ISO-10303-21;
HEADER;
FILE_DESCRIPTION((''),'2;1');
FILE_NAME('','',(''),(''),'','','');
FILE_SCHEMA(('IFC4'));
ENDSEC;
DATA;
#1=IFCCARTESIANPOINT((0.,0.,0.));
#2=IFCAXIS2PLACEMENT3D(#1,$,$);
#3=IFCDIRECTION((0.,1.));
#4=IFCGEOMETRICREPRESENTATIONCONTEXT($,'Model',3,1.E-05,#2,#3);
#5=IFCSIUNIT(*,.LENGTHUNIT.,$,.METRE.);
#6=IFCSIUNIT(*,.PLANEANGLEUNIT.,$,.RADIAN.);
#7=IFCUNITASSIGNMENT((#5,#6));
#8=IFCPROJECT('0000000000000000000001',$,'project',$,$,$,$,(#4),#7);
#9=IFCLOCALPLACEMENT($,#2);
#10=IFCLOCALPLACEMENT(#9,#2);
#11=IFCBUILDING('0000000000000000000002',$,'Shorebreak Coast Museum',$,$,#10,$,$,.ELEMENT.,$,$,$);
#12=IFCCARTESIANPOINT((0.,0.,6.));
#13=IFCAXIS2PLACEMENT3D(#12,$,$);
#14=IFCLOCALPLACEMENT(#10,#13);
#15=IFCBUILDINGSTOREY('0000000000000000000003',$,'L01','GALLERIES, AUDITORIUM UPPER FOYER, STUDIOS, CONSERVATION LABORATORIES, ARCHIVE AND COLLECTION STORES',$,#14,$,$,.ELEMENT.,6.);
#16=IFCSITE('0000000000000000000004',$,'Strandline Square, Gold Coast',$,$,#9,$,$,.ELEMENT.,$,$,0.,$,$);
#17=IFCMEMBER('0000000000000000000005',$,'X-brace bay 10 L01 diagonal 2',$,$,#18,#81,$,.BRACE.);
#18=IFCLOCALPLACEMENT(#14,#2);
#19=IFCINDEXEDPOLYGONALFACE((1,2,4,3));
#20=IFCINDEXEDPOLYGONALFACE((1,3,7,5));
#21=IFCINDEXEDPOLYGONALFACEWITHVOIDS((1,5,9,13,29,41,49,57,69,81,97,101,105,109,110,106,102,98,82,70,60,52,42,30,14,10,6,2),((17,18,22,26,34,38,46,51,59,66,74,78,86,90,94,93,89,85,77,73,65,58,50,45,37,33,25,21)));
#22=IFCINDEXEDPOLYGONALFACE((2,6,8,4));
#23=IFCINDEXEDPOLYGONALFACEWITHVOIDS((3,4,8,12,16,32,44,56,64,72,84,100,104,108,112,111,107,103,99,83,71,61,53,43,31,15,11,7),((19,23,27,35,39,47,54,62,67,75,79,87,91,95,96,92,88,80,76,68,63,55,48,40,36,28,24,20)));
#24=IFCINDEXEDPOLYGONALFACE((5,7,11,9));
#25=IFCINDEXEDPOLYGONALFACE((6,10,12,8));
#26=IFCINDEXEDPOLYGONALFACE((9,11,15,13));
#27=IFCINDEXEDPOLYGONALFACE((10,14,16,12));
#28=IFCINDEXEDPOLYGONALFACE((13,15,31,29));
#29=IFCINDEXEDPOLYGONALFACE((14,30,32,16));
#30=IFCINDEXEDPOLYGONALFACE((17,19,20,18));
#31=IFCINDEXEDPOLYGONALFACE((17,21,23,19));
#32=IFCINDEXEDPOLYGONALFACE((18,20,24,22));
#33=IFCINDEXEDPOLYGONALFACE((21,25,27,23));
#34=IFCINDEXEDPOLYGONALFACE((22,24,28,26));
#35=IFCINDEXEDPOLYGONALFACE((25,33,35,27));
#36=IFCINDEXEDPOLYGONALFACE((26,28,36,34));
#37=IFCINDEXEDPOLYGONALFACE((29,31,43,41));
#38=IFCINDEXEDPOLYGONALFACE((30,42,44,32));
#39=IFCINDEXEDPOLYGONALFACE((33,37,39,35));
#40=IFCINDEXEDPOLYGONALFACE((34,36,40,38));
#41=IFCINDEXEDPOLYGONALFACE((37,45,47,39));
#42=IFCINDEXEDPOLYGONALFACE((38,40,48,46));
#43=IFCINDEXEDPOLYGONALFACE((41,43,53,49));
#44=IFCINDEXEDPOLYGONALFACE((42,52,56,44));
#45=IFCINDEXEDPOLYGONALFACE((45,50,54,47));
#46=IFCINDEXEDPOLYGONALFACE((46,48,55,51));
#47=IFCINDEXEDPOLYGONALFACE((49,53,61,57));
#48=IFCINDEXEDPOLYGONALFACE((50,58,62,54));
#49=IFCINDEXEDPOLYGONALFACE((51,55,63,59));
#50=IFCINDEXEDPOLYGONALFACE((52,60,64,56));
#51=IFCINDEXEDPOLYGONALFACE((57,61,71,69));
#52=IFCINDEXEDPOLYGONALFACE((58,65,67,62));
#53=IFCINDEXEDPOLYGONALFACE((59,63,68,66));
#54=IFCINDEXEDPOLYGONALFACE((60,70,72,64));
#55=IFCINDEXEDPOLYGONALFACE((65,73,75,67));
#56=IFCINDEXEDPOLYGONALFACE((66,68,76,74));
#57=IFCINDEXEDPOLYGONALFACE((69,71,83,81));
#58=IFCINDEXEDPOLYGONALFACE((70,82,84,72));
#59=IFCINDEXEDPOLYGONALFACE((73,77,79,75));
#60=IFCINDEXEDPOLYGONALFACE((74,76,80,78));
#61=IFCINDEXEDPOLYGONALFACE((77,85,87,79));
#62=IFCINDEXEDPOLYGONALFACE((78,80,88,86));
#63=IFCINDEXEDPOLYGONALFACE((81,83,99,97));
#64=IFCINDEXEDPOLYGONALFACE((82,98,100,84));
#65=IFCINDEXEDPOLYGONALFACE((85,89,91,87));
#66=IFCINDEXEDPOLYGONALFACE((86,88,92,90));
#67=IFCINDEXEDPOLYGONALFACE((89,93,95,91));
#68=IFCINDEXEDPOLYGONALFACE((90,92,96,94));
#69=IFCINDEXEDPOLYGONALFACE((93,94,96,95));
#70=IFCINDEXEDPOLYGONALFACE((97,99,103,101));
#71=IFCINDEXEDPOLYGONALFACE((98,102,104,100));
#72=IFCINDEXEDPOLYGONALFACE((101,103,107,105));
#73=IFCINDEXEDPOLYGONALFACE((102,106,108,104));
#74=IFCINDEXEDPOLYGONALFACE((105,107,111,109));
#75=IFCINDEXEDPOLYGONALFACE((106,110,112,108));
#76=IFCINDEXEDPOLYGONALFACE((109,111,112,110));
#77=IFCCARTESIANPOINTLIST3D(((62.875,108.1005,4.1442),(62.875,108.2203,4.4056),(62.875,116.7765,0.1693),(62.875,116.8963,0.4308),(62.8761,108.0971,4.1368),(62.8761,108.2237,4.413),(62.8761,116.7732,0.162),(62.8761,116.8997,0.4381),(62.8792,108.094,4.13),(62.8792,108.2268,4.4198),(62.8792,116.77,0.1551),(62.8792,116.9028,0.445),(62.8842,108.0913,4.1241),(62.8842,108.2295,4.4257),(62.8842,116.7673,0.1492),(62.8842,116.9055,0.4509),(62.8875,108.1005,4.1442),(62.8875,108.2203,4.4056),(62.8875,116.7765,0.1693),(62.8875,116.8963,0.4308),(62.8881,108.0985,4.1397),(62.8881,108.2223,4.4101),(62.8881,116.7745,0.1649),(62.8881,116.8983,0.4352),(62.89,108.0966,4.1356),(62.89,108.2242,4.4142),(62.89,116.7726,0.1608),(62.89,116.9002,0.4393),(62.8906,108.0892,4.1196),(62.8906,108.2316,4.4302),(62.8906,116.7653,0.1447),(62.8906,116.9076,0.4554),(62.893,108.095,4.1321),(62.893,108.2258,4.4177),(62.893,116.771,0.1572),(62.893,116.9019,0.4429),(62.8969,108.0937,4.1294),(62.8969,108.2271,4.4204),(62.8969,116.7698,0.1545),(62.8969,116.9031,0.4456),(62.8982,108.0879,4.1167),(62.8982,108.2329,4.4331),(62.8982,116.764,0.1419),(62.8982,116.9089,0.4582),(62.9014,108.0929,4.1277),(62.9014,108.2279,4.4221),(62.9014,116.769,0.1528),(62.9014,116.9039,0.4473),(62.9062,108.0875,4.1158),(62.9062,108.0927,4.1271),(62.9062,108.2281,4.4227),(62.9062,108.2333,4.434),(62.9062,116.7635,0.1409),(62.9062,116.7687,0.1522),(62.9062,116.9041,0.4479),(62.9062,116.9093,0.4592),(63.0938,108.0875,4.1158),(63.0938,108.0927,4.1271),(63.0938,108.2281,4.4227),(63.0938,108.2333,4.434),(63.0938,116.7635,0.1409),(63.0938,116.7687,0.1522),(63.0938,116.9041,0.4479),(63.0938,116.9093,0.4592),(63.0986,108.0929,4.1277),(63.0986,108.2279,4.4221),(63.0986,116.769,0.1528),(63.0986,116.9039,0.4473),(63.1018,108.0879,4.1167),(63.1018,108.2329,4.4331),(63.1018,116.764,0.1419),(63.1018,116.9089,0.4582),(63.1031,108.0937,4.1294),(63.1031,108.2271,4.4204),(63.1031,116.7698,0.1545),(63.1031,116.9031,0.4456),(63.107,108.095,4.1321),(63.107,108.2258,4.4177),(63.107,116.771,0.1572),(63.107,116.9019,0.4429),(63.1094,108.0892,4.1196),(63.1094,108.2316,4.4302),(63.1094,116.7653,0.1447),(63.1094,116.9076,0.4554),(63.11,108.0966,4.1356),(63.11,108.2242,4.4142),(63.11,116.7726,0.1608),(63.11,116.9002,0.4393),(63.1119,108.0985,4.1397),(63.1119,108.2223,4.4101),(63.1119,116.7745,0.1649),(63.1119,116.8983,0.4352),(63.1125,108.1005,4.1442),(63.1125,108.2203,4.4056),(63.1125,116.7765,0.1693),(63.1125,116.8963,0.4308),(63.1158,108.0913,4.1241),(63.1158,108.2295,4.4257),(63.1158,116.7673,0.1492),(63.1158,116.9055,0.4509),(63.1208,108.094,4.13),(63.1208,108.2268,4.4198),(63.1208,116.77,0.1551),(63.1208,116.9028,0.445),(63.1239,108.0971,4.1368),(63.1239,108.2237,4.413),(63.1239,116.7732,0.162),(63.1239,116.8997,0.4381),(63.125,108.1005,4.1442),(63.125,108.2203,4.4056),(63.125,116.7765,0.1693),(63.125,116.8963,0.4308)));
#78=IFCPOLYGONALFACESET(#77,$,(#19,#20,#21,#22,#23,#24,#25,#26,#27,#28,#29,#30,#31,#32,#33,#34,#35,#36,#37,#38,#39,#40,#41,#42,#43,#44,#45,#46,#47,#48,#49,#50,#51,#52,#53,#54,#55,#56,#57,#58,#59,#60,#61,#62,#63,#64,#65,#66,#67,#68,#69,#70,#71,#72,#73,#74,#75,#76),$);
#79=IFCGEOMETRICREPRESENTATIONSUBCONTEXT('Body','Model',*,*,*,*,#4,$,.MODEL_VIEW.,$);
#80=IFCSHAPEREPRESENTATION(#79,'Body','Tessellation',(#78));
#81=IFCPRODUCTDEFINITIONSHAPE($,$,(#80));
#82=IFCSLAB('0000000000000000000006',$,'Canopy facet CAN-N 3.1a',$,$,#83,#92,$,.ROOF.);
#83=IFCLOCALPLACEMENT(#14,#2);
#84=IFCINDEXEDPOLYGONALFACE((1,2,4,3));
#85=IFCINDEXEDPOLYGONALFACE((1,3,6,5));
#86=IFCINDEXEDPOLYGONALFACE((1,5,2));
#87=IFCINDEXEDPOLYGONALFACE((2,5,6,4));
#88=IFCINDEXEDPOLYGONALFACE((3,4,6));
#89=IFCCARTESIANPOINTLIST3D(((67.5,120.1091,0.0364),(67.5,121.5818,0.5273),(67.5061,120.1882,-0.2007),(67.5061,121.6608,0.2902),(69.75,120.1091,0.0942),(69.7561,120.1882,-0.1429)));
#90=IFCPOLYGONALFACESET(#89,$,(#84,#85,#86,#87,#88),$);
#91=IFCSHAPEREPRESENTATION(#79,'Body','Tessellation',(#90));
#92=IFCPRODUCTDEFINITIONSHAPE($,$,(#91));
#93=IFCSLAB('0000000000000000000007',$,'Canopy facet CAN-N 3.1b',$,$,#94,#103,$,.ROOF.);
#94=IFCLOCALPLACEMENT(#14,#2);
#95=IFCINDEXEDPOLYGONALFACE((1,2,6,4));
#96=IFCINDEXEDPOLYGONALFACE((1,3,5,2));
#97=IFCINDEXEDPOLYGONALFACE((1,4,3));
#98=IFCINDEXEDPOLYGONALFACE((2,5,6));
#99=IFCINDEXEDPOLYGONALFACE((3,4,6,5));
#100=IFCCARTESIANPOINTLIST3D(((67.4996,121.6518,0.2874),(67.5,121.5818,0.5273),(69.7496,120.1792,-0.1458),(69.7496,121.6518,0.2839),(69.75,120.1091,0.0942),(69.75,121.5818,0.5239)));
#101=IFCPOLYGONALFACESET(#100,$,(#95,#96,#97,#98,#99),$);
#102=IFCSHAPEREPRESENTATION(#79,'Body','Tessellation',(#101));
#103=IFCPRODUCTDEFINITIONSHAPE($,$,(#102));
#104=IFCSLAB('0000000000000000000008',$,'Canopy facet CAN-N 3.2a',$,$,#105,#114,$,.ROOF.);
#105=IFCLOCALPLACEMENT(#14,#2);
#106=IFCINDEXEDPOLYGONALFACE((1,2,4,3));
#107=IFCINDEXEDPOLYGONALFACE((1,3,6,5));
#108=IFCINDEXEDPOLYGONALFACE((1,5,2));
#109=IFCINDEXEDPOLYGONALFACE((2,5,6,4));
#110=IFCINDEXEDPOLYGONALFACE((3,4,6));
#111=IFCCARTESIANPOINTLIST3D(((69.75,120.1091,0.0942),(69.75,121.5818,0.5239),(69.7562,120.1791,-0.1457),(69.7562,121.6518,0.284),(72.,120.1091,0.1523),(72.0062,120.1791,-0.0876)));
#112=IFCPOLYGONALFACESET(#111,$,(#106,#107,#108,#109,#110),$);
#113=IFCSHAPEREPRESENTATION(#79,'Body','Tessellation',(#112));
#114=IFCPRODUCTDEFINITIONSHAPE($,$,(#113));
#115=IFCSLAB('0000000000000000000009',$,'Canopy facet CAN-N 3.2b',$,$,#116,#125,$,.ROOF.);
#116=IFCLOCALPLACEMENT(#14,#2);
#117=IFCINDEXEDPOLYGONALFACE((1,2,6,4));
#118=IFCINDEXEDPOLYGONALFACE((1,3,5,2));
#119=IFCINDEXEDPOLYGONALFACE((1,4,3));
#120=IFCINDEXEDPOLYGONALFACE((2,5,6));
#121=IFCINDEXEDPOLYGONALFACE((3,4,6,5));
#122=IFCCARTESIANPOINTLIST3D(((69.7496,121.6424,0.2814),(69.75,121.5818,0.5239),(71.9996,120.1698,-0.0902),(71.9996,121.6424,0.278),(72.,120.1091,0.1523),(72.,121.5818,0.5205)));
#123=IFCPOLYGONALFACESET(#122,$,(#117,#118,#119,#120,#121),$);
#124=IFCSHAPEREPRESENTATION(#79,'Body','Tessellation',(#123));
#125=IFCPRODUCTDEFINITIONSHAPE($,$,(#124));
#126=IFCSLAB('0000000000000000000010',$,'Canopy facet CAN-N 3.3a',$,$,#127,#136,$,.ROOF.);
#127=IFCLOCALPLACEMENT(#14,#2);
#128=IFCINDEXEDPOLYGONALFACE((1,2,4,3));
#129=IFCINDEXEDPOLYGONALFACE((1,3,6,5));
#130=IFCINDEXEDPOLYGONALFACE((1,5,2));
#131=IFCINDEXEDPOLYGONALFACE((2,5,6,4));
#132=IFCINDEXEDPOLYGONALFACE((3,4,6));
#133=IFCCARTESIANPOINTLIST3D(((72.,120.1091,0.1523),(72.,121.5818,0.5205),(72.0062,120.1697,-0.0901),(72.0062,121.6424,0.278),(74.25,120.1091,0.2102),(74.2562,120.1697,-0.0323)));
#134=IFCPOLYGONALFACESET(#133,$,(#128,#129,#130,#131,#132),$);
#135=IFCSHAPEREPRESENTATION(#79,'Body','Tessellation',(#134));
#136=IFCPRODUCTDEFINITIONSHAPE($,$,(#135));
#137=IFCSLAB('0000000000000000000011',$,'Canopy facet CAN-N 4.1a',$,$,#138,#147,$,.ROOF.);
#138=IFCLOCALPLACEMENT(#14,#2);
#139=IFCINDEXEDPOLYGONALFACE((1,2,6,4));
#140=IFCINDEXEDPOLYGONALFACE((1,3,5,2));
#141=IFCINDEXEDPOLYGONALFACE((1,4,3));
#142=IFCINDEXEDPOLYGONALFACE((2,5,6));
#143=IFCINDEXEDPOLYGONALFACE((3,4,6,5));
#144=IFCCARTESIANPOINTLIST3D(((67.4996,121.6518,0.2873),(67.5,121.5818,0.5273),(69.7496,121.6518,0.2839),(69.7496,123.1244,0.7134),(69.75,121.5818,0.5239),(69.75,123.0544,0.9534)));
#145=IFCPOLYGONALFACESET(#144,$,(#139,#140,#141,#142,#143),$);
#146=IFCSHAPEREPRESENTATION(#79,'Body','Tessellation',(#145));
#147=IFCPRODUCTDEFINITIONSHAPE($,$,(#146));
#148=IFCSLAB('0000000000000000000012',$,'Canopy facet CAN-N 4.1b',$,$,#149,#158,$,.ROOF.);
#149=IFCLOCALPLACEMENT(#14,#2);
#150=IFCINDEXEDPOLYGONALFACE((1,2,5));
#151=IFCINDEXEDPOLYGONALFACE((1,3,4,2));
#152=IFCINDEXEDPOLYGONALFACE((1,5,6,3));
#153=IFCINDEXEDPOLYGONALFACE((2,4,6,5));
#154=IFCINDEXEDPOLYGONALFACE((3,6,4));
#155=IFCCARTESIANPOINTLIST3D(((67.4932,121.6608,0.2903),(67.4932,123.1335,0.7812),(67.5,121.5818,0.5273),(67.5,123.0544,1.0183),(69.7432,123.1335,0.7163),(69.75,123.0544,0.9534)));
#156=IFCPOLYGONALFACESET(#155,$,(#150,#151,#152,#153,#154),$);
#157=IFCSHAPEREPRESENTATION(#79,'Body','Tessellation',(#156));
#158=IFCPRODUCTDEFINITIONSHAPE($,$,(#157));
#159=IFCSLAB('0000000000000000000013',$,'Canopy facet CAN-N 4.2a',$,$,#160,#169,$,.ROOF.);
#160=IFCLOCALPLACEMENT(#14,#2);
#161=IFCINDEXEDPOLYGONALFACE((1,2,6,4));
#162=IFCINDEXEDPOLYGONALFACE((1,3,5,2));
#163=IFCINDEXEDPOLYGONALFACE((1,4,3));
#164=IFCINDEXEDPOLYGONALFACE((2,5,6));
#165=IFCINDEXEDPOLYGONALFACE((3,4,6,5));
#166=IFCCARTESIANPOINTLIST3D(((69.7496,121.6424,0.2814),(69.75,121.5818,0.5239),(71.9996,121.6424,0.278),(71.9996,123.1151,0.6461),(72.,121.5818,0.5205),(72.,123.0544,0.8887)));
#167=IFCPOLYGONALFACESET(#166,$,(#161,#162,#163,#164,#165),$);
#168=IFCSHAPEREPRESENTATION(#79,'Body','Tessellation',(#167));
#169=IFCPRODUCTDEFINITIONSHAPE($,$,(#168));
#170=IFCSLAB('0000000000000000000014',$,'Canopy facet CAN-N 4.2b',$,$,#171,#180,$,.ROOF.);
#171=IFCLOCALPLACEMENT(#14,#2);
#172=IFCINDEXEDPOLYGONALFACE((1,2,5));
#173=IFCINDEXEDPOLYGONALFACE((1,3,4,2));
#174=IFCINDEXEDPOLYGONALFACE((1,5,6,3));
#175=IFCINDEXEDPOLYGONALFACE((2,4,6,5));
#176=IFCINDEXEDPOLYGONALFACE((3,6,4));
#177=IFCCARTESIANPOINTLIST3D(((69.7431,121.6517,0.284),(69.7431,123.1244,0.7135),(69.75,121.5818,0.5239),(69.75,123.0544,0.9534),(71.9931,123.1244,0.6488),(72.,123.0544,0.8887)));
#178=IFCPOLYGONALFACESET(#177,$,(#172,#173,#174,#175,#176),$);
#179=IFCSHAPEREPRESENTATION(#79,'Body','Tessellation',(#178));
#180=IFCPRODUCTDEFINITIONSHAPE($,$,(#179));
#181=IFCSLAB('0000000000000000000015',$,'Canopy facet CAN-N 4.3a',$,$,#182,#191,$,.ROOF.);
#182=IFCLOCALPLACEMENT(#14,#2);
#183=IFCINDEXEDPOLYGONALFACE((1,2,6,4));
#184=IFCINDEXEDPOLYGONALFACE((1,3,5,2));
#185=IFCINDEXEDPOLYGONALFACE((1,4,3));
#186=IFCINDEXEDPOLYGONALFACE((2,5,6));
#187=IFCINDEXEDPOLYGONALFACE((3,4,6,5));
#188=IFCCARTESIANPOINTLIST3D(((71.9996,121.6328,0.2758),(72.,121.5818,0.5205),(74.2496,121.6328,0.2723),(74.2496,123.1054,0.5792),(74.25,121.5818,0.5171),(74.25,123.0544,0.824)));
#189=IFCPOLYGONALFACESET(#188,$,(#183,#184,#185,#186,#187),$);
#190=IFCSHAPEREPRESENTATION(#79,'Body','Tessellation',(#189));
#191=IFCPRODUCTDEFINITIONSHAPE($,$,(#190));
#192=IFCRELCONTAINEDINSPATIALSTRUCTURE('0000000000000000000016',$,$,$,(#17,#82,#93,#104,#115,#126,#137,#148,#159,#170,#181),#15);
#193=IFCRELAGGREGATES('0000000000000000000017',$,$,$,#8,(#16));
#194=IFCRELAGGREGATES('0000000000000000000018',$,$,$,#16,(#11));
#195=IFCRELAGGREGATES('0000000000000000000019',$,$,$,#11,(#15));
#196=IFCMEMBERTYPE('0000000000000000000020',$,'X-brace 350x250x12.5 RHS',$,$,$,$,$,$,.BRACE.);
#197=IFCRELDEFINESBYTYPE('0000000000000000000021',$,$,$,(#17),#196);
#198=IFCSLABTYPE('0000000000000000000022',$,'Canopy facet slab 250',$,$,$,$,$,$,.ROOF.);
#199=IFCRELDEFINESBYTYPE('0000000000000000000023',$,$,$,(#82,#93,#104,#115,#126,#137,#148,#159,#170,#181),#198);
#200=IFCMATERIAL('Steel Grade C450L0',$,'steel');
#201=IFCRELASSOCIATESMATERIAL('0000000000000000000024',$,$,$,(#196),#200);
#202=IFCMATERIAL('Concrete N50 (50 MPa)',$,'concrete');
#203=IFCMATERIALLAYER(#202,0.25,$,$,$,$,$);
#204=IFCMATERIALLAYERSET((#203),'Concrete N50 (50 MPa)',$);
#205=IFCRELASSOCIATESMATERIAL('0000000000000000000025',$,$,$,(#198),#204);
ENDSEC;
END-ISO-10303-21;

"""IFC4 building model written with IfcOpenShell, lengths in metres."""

from ifc_helpers import new_model, si_unit, direction, frame, origin, origin_2d, place, context, subcontext, project, spatial, polyline, hollow_rectangle, outline, extrude, material, layer, layer_set, material_profile, profile_set, type_object, element, save


model = new_model("IFC4")

# Units and contexts
model_context = context("Model", 3, precision=1e-05, world=origin(), true_north=direction((0.0, 1.0)))
body_context = subcontext(model_context, "Body", "Model", "MODEL_VIEW")
ifc_project = project(units=[si_unit("LENGTHUNIT", "METRE"), si_unit("PLANEANGLEUNIT", "RADIAN")], contexts=[model_context])

# Site, building, storey
site_placement = place(None, origin())
site = spatial("IfcSite", under=ifc_project, at=site_placement, Name="Strandline Square, Gold Coast", CompositionType="ELEMENT", RefElevation=0.0)
building_placement = place(site_placement, origin())
building = spatial("IfcBuilding", under=site, at=building_placement, Name="Shorebreak Coast Museum", CompositionType="ELEMENT")
storey_placement = place(building_placement, frame((0.0, 0.0, 6.0)))
storey = spatial("IfcBuildingStorey", under=building, at=storey_placement, Name="L01", Description="GALLERIES, AUDITORIUM UPPER FOYER, STUDIOS, CONSERVATION LABORATORIES, ARCHIVE AND COLLECTION STORES", CompositionType="ELEMENT", Elevation=6.0)

# Member
ifc_material_1 = material(Name="Steel Grade C450L0", Category="steel")
ifc_material_profile_1 = material_profile(ifc_material_1, hollow_rectangle(XDim=0.25, YDim=0.3501, WallThickness=0.0125, InnerFilletRadius=0.0188, OuterFilletRadius=0.0312, at=origin_2d()), Name="350x250x12.5 RHS")
ifc_profile_set_1 = profile_set([ifc_material_profile_1], Name="Steel Grade C450L0")
member_type = type_object("IfcMemberType", Name="X-brace 350x250x12.5 RHS", PredefinedType="BRACE", material=ifc_profile_set_1)
member_placement = place(storey_placement, frame((63.0, 116.8364, 0.3), z_axis=(0.0, -0.909131, 0.416511), x_axis=(1.0, 0.0, 0.0)))
element("IfcMember", 1, at=member_placement, inside=storey, type_object=member_type, Name="X-brace bay 10 L01 diagonal 2", PredefinedType="BRACE", context=body_context, shape_type="SweptSolid", body=[
    extrude(hollow_rectangle(XDim=0.25, YDim=0.3501, WallThickness=0.0125, InnerFilletRadius=0.0188, OuterFilletRadius=0.0312, at=origin_2d()), origin(), (0.0, 0.0, 1.0), 9.5432),
])

# Slabs
ifc_material_2 = material(Name="Concrete N50 (50 MPa)", Category="concrete")
ifc_layer_1 = layer(ifc_material_2, 0.25)
ifc_layer_set_1 = layer_set([ifc_layer_1], Name="Concrete N50 (50 MPa)")
slab_type = type_object("IfcSlabType", Name="Canopy facet slab 250", PredefinedType="ROOF", material=ifc_layer_set_1)
slab_1_placement = place(storey_placement, frame((67.5, 120.1091, 0.0364), z_axis=(-0.024389, -0.316181, 0.948385), x_axis=(0.99967, 0.0, 0.025708)))
element("IfcSlab", 2, at=slab_1_placement, inside=storey, type_object=slab_type, Name="Canopy facet CAN-N 3.1a", PredefinedType="ROOF", context=body_context, shape_type="SweptSolid", body=[
    extrude(outline(polyline([(0.0, 0.0), (2.2507, 0.0), (0.0126, 1.5523), (0.0, 0.0)])), origin(), (0.0, 0.0, -1.0), 0.25),
])
slab_2_placement = place(storey_placement, frame((69.75, 120.1091, 0.0942), z_axis=(0.001458, -0.280097, 0.95997), x_axis=(0.0, 0.959971, 0.280098)))
element("IfcSlab", 3, at=slab_2_placement, inside=storey, type_object=slab_type, Name="Canopy facet CAN-N 3.1b", PredefinedType="ROOF", context=body_context, shape_type="SweptSolid", body=[
    extrude(outline(polyline([(0.0, 0.0), (1.5341, 0.0), (1.535, 2.25), (0.0, 0.0)])), origin(), (0.0, 0.0, -1.0), 0.25),
])
slab_3_placement = place(storey_placement, frame((69.75, 120.1091, 0.0942), z_axis=(-0.024783, -0.280012, 0.959677), x_axis=(0.999667, 0.0, 0.025816)))
element("IfcSlab", 4, at=slab_3_placement, inside=storey, type_object=slab_type, Name="Canopy facet CAN-N 3.2a", PredefinedType="ROOF", context=body_context, shape_type="SweptSolid", body=[
    extrude(outline(polyline([(0.0, 0.0), (2.2508, 0.0), (0.0111, 1.534), (0.0, 0.0)])), origin(), (0.0, 0.0, -1.0), 0.25),
])
slab_4_placement = place(storey_placement, frame((72.0, 120.1091, 0.1523), z_axis=(0.001474, -0.242535, 0.970141), x_axis=(0.0, 0.970143, 0.242536)))
element("IfcSlab", 5, at=slab_4_placement, inside=storey, type_object=slab_type, Name="Canopy facet CAN-N 3.2b", PredefinedType="ROOF", context=body_context, shape_type="SweptSolid", body=[
    extrude(outline(polyline([(0.0, 0.0), (1.518, 0.0), (1.5188, 2.25), (0.0, 0.0)])), origin(), (0.0, 0.0, -1.0), 0.25),
])
slab_5_placement = place(storey_placement, frame((72.0, 120.1091, 0.1523), z_axis=(-0.024941, -0.24246, 0.969841), x_axis=(0.99967, 0.0, 0.025708)))
element("IfcSlab", 6, at=slab_5_placement, inside=storey, type_object=slab_type, Name="Canopy facet CAN-N 3.3a", PredefinedType="ROOF", context=body_context, shape_type="SweptSolid", body=[
    extrude(outline(polyline([(0.0, 0.0), (2.2507, 0.0), (0.0095, 1.5179), (0.0, 0.0)])), origin(), (0.0, 0.0, -1.0), 0.25),
])
slab_6_placement = place(storey_placement, frame((67.5, 121.5818, 0.5273), z_axis=(0.001458, -0.279951, 0.960013), x_axis=(0.999999, 0.0, -0.001519)))
element("IfcSlab", 7, at=slab_6_placement, inside=storey, type_object=slab_type, Name="Canopy facet CAN-N 4.1a", PredefinedType="ROOF", context=body_context, shape_type="SweptSolid", body=[
    extrude(outline(polyline([(0.0, 0.0), (2.25, 0.0), (2.2494, 1.534), (0.0, 0.0)])), origin(), (0.0, 0.0, -1.0), 0.25),
])
slab_7_placement = place(storey_placement, frame((67.5, 121.5818, 0.5273), z_axis=(0.027371, -0.316156, 0.948312), x_axis=(0.826407, 0.540895, 0.156476)))
element("IfcSlab", 8, at=slab_7_placement, inside=storey, type_object=slab_type, Name="Canopy facet CAN-N 4.1b", PredefinedType="ROOF", context=body_context, shape_type="SweptSolid", body=[
    extrude(outline(polyline([(0.0, 0.0), (2.7226, 0.0), (0.8734, 1.2833), (0.0, 0.0)])), origin(), (0.0, 0.0, -1.0), 0.25),
])
slab_8_placement = place(storey_placement, frame((69.75, 121.5818, 0.5239), z_axis=(0.001474, -0.242535, 0.970141), x_axis=(0.999999, 0.0, -0.001519)))
element("IfcSlab", 9, at=slab_8_placement, inside=storey, type_object=slab_type, Name="Canopy facet CAN-N 4.2a", PredefinedType="ROOF", context=body_context, shape_type="SweptSolid", body=[
    extrude(outline(polyline([(0.0, 0.0), (2.25, 0.0), (2.2494, 1.518), (0.0, 0.0)])), origin(), (0.0, 0.0, -1.0), 0.25),
])
slab_9_placement = place(storey_placement, frame((69.75, 121.5818, 0.5239), z_axis=(0.027594, -0.279845, 0.959649), x_axis=(0.829121, 0.542671, 0.134408)))
element("IfcSlab", 10, at=slab_9_placement, inside=storey, type_object=slab_type, Name="Canopy facet CAN-N 4.2b", PredefinedType="ROOF", context=body_context, shape_type="SweptSolid", body=[
    extrude(outline(polyline([(0.0, 0.0), (2.7137, 0.0), (0.8569, 1.2724), (0.0, 0.0)])), origin(), (0.0, 0.0, -1.0), 0.25),
])
slab_10_placement = place(storey_placement, frame((72.0, 121.5818, 0.5205), z_axis=(0.001487, -0.204006, 0.978969), x_axis=(0.999999, 0.0, -0.001519)))
element("IfcSlab", 11, at=slab_10_placement, inside=storey, type_object=slab_type, Name="Canopy facet CAN-N 4.3a", PredefinedType="ROOF", context=body_context, shape_type="SweptSolid", body=[
    extrude(outline(polyline([(0.0, 0.0), (2.25, 0.0), (2.2495, 1.5043), (0.0, 0.0)])), origin(), (0.0, 0.0, -1.0), 0.25),
])

save(model, "model.ifc")
